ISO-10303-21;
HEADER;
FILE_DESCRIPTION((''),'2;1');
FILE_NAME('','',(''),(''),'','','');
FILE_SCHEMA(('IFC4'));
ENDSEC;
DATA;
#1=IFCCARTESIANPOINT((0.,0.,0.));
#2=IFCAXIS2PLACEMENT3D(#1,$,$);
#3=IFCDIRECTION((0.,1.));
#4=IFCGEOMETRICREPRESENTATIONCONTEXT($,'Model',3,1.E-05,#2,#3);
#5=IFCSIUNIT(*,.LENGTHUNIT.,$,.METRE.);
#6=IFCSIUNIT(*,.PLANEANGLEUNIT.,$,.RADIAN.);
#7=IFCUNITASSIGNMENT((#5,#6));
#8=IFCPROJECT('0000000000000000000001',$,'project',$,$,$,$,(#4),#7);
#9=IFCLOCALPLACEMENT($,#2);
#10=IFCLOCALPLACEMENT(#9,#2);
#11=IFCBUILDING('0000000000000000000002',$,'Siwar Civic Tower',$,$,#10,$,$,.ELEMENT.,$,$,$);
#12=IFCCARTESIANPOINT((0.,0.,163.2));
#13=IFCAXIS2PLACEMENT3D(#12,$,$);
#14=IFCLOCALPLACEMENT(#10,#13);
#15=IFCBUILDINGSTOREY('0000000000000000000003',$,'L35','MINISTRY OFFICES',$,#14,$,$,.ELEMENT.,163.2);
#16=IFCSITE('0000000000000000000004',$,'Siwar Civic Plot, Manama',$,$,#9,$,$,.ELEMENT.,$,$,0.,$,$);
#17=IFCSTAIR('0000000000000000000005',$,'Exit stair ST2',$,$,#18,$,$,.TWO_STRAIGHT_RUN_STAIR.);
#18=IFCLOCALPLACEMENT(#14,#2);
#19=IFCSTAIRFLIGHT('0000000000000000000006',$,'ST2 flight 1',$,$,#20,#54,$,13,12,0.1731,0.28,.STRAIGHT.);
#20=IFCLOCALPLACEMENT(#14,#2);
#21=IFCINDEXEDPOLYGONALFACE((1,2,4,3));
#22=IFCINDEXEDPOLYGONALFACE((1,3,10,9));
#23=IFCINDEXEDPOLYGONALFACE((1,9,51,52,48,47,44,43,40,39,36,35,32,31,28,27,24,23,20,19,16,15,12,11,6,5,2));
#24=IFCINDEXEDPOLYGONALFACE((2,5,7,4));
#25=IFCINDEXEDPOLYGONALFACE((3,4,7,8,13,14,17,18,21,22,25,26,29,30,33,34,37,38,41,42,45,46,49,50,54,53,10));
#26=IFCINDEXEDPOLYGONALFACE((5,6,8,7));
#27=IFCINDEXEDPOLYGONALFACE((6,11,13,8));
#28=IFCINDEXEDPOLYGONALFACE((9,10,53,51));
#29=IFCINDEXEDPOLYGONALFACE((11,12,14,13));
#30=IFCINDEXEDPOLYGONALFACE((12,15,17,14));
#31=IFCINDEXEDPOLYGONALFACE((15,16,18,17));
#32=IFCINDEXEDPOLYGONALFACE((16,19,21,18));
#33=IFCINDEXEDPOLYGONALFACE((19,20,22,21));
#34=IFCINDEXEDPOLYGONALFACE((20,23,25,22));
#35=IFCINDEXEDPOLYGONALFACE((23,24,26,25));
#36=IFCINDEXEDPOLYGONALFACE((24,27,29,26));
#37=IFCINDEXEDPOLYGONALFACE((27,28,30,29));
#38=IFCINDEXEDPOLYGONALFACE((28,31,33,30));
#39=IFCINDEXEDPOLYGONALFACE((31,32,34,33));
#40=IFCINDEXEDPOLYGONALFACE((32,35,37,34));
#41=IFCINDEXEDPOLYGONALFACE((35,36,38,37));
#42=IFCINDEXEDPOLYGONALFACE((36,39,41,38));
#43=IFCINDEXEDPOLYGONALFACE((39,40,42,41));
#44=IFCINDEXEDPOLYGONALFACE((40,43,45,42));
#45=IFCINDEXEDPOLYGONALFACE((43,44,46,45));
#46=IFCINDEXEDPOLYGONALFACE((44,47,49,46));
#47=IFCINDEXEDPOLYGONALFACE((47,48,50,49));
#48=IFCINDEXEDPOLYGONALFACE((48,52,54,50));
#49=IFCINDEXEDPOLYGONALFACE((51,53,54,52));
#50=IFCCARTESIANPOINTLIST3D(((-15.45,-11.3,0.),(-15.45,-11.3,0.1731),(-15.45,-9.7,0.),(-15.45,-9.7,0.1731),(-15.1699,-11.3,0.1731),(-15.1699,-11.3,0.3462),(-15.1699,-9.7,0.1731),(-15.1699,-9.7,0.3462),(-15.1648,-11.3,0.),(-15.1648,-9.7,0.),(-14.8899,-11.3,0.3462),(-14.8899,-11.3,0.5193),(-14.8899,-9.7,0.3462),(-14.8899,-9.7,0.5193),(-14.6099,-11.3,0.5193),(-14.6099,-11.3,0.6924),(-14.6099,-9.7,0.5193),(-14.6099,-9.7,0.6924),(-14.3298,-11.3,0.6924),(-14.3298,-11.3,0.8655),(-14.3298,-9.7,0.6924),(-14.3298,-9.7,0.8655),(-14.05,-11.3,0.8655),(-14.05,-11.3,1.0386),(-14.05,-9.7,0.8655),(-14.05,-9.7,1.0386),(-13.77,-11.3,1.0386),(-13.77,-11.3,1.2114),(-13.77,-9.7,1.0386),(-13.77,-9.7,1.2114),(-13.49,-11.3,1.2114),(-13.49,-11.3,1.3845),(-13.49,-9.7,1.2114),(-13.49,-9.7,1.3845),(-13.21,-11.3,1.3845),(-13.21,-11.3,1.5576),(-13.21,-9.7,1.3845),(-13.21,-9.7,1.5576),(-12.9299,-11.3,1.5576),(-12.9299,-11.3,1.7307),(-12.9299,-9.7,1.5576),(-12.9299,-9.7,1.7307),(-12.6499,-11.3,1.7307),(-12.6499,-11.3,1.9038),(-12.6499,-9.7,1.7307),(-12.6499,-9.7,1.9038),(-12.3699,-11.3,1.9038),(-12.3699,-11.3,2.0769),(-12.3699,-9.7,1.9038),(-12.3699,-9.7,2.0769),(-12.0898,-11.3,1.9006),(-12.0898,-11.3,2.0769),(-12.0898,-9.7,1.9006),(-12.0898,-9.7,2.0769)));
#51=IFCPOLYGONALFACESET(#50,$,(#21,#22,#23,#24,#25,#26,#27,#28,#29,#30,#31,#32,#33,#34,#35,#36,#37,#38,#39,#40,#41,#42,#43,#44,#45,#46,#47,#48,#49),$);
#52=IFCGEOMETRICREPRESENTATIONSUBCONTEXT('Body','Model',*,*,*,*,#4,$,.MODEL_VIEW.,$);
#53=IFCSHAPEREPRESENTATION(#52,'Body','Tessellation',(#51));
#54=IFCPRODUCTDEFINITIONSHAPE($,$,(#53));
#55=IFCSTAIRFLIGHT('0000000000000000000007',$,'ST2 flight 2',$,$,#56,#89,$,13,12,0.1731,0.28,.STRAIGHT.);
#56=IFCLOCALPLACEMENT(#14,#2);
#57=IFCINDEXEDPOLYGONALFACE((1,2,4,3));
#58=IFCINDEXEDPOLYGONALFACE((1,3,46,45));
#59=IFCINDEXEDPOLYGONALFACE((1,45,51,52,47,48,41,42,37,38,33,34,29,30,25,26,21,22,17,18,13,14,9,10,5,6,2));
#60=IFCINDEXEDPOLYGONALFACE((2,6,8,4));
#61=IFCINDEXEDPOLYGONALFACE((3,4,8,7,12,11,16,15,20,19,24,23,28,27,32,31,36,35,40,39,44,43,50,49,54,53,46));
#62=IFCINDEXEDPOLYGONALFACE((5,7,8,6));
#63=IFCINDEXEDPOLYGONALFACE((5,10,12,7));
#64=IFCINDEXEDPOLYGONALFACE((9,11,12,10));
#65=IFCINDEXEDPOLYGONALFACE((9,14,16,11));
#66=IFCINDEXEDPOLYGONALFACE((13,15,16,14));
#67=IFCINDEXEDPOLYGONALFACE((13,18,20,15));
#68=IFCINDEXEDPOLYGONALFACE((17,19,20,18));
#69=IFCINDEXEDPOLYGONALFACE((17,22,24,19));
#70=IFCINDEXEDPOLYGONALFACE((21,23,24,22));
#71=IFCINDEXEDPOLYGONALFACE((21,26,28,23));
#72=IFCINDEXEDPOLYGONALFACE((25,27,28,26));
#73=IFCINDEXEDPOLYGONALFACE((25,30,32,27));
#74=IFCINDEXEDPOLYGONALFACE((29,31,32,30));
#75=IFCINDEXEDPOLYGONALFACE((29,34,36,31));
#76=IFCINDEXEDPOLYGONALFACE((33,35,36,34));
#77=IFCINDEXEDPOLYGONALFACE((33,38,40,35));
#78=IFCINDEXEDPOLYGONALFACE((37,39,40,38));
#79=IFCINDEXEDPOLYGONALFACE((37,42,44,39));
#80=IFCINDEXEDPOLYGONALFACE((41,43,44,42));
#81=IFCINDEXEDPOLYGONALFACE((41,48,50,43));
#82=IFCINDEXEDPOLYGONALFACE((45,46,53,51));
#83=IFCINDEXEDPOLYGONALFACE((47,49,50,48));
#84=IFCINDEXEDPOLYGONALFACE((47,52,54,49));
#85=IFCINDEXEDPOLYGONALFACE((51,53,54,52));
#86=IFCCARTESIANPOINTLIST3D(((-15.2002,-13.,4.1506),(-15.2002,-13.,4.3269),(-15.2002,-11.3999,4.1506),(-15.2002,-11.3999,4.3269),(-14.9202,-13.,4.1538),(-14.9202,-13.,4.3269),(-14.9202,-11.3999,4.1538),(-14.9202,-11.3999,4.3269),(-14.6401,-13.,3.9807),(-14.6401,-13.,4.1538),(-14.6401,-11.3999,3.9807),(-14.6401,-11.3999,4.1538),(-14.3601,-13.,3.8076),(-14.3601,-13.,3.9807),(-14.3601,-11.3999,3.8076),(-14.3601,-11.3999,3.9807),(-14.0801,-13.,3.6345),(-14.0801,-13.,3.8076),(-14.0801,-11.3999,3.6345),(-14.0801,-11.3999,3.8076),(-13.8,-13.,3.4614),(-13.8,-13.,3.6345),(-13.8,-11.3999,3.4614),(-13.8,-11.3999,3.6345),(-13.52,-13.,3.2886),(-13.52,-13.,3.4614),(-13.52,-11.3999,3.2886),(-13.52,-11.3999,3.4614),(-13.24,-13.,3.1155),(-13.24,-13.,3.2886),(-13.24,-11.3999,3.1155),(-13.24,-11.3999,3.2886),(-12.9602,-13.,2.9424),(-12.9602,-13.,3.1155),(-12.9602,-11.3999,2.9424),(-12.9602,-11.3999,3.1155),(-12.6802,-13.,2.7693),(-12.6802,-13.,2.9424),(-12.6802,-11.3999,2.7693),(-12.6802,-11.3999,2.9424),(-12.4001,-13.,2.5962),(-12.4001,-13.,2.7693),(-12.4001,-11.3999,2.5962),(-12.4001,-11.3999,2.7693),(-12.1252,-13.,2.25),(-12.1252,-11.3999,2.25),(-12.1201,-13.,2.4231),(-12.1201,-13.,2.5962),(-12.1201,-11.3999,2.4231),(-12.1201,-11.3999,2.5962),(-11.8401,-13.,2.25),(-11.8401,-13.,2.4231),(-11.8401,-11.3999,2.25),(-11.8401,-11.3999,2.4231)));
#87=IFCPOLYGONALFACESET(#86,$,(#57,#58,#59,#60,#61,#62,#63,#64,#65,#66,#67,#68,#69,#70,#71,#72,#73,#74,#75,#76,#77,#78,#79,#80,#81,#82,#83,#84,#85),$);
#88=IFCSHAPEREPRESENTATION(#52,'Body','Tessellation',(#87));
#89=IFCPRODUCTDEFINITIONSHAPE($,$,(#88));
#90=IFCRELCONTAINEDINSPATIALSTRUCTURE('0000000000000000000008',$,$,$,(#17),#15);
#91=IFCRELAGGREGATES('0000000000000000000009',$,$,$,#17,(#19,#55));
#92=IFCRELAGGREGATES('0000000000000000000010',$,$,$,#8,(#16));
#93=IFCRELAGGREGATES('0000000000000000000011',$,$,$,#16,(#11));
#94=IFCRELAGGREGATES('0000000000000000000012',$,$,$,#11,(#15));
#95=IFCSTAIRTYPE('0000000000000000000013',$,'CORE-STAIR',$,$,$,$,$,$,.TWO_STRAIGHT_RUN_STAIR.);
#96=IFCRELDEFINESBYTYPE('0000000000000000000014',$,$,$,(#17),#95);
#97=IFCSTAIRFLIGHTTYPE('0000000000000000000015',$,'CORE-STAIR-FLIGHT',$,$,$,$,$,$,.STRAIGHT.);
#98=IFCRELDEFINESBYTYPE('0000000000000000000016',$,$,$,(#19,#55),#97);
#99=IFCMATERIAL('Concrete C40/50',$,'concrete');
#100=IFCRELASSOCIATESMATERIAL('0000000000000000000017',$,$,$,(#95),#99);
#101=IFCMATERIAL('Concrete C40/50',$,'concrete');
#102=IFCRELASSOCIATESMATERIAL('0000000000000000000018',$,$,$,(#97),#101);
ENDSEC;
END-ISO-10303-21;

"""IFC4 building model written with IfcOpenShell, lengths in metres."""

from ifc_helpers import new_model, si_unit, direction, frame, origin, place, context, subcontext, project, spatial, polyline, outline, extrude, material, type_object, element, aggregate, save


model = new_model("IFC4")

# Units and contexts
model_context = context("Model", 3, precision=1e-05, world=origin(), true_north=direction((0.0, 1.0)))
body_context = subcontext(model_context, "Body", "Model", "MODEL_VIEW")
ifc_project = project(units=[si_unit("LENGTHUNIT", "METRE"), si_unit("PLANEANGLEUNIT", "RADIAN")], contexts=[model_context])

# Site, building, storey
site_placement = place(None, origin())
site = spatial("IfcSite", under=ifc_project, at=site_placement, Name="Siwar Civic Plot, Manama", CompositionType="ELEMENT", RefElevation=0.0)
building_placement = place(site_placement, origin())
building = spatial("IfcBuilding", under=site, at=building_placement, Name="Siwar Civic Tower", CompositionType="ELEMENT")
storey_placement = place(building_placement, frame((0.0, 0.0, 163.2)))
storey = spatial("IfcBuildingStorey", under=building, at=storey_placement, Name="L35", Description="MINISTRY OFFICES", CompositionType="ELEMENT", Elevation=163.2)

# Stair, stair flights
ifc_material_1 = material(Name="Concrete C40/50", Category="concrete")
stair_type = type_object("IfcStairType", Name="CORE-STAIR", PredefinedType="TWO_STRAIGHT_RUN_STAIR", material=ifc_material_1)
stair_placement = place(storey_placement, origin())
stair = element("IfcStair", 1, at=stair_placement, inside=storey, type_object=stair_type, Name="Exit stair ST2", PredefinedType="TWO_STRAIGHT_RUN_STAIR")
ifc_material_2 = material(Name="Concrete C40/50", Category="concrete")
stair_flight_type = type_object("IfcStairFlightType", Name="CORE-STAIR-FLIGHT", PredefinedType="STRAIGHT", material=ifc_material_2)
stair_flight_1_placement = place(storey_placement, frame((-15.45, -10.5, 0.0), z_axis=(0.0, 0.0, 1.0), x_axis=(1.0, 0.0, 0.0)))
stair_flight_1 = element("IfcStairFlight", 2, at=stair_flight_1_placement, type_object=stair_flight_type, Name="ST2 flight 1", NumberOfRisers=13, NumberOfTreads=12, PredefinedType="STRAIGHT", RiserHeight=0.1731, TreadLength=0.28, context=body_context, shape_type="SweptSolid", body=[
    extrude(outline(polyline([(0.0, 0.0), (0.0, 0.1731), (0.28, 0.1731), (0.28, 0.3462), (0.5601, 0.3462), (0.5601, 0.5193), (0.8401, 0.5193), (0.8401, 0.6924), (1.1201, 0.6924), (1.1201, 0.8655), (1.3999, 0.8655), (1.3999, 1.0386), (1.6799, 1.0386), (1.6799, 1.2114), (1.96, 1.2114), (1.96, 1.3845), (2.24, 1.3845), (2.24, 1.5576), (2.52, 1.5576), (2.52, 1.7307), (2.8, 1.7307), (2.8, 1.9038), (3.0801, 1.9038), (3.0801, 2.0769), (3.3601, 2.0769), (3.3601, 2.25), (3.3601, 1.9006), (0.2852, 0.0), (0.0, 0.0)])), frame((0.0, 0.8, 0.0), z_axis=(0.0, -1.0, 0.0), x_axis=(1.0, 0.0, 0.0)), (0.0, 0.0, 1.0), 1.6001),
])
stair_flight_2_placement = place(storey_placement, frame((-11.8401, -12.2, 2.25), z_axis=(0.0, 0.0, 1.0), x_axis=(-1.0, 0.0, 0.0)))
stair_flight_2 = element("IfcStairFlight", 3, at=stair_flight_2_placement, type_object=stair_flight_type, Name="ST2 flight 2", NumberOfRisers=13, NumberOfTreads=12, PredefinedType="STRAIGHT", RiserHeight=0.1731, TreadLength=0.28, context=body_context, shape_type="SweptSolid", body=[
    extrude(outline(polyline([(0.0, 0.0), (0.0, 0.1731), (0.28, 0.1731), (0.28, 0.3462), (0.5601, 0.3462), (0.5601, 0.5193), (0.8401, 0.5193), (0.8401, 0.6924), (1.1201, 0.6924), (1.1201, 0.8655), (1.3999, 0.8655), (1.3999, 1.0386), (1.6799, 1.0386), (1.6799, 1.2114), (1.96, 1.2114), (1.96, 1.3845), (2.24, 1.3845), (2.24, 1.5576), (2.52, 1.5576), (2.52, 1.7307), (2.8, 1.7307), (2.8, 1.9038), (3.0801, 1.9038), (3.0801, 2.0769), (3.3601, 2.0769), (3.3601, 2.25), (3.3601, 1.9006), (0.2852, 0.0), (0.0, 0.0)])), frame((0.0, 0.8, 0.0), z_axis=(0.0, -1.0, 0.0), x_axis=(1.0, 0.0, 0.0)), (0.0, 0.0, 1.0), 1.6001),
])
aggregate(stair, [stair_flight_1, stair_flight_2])

save(model, "model.ifc")
